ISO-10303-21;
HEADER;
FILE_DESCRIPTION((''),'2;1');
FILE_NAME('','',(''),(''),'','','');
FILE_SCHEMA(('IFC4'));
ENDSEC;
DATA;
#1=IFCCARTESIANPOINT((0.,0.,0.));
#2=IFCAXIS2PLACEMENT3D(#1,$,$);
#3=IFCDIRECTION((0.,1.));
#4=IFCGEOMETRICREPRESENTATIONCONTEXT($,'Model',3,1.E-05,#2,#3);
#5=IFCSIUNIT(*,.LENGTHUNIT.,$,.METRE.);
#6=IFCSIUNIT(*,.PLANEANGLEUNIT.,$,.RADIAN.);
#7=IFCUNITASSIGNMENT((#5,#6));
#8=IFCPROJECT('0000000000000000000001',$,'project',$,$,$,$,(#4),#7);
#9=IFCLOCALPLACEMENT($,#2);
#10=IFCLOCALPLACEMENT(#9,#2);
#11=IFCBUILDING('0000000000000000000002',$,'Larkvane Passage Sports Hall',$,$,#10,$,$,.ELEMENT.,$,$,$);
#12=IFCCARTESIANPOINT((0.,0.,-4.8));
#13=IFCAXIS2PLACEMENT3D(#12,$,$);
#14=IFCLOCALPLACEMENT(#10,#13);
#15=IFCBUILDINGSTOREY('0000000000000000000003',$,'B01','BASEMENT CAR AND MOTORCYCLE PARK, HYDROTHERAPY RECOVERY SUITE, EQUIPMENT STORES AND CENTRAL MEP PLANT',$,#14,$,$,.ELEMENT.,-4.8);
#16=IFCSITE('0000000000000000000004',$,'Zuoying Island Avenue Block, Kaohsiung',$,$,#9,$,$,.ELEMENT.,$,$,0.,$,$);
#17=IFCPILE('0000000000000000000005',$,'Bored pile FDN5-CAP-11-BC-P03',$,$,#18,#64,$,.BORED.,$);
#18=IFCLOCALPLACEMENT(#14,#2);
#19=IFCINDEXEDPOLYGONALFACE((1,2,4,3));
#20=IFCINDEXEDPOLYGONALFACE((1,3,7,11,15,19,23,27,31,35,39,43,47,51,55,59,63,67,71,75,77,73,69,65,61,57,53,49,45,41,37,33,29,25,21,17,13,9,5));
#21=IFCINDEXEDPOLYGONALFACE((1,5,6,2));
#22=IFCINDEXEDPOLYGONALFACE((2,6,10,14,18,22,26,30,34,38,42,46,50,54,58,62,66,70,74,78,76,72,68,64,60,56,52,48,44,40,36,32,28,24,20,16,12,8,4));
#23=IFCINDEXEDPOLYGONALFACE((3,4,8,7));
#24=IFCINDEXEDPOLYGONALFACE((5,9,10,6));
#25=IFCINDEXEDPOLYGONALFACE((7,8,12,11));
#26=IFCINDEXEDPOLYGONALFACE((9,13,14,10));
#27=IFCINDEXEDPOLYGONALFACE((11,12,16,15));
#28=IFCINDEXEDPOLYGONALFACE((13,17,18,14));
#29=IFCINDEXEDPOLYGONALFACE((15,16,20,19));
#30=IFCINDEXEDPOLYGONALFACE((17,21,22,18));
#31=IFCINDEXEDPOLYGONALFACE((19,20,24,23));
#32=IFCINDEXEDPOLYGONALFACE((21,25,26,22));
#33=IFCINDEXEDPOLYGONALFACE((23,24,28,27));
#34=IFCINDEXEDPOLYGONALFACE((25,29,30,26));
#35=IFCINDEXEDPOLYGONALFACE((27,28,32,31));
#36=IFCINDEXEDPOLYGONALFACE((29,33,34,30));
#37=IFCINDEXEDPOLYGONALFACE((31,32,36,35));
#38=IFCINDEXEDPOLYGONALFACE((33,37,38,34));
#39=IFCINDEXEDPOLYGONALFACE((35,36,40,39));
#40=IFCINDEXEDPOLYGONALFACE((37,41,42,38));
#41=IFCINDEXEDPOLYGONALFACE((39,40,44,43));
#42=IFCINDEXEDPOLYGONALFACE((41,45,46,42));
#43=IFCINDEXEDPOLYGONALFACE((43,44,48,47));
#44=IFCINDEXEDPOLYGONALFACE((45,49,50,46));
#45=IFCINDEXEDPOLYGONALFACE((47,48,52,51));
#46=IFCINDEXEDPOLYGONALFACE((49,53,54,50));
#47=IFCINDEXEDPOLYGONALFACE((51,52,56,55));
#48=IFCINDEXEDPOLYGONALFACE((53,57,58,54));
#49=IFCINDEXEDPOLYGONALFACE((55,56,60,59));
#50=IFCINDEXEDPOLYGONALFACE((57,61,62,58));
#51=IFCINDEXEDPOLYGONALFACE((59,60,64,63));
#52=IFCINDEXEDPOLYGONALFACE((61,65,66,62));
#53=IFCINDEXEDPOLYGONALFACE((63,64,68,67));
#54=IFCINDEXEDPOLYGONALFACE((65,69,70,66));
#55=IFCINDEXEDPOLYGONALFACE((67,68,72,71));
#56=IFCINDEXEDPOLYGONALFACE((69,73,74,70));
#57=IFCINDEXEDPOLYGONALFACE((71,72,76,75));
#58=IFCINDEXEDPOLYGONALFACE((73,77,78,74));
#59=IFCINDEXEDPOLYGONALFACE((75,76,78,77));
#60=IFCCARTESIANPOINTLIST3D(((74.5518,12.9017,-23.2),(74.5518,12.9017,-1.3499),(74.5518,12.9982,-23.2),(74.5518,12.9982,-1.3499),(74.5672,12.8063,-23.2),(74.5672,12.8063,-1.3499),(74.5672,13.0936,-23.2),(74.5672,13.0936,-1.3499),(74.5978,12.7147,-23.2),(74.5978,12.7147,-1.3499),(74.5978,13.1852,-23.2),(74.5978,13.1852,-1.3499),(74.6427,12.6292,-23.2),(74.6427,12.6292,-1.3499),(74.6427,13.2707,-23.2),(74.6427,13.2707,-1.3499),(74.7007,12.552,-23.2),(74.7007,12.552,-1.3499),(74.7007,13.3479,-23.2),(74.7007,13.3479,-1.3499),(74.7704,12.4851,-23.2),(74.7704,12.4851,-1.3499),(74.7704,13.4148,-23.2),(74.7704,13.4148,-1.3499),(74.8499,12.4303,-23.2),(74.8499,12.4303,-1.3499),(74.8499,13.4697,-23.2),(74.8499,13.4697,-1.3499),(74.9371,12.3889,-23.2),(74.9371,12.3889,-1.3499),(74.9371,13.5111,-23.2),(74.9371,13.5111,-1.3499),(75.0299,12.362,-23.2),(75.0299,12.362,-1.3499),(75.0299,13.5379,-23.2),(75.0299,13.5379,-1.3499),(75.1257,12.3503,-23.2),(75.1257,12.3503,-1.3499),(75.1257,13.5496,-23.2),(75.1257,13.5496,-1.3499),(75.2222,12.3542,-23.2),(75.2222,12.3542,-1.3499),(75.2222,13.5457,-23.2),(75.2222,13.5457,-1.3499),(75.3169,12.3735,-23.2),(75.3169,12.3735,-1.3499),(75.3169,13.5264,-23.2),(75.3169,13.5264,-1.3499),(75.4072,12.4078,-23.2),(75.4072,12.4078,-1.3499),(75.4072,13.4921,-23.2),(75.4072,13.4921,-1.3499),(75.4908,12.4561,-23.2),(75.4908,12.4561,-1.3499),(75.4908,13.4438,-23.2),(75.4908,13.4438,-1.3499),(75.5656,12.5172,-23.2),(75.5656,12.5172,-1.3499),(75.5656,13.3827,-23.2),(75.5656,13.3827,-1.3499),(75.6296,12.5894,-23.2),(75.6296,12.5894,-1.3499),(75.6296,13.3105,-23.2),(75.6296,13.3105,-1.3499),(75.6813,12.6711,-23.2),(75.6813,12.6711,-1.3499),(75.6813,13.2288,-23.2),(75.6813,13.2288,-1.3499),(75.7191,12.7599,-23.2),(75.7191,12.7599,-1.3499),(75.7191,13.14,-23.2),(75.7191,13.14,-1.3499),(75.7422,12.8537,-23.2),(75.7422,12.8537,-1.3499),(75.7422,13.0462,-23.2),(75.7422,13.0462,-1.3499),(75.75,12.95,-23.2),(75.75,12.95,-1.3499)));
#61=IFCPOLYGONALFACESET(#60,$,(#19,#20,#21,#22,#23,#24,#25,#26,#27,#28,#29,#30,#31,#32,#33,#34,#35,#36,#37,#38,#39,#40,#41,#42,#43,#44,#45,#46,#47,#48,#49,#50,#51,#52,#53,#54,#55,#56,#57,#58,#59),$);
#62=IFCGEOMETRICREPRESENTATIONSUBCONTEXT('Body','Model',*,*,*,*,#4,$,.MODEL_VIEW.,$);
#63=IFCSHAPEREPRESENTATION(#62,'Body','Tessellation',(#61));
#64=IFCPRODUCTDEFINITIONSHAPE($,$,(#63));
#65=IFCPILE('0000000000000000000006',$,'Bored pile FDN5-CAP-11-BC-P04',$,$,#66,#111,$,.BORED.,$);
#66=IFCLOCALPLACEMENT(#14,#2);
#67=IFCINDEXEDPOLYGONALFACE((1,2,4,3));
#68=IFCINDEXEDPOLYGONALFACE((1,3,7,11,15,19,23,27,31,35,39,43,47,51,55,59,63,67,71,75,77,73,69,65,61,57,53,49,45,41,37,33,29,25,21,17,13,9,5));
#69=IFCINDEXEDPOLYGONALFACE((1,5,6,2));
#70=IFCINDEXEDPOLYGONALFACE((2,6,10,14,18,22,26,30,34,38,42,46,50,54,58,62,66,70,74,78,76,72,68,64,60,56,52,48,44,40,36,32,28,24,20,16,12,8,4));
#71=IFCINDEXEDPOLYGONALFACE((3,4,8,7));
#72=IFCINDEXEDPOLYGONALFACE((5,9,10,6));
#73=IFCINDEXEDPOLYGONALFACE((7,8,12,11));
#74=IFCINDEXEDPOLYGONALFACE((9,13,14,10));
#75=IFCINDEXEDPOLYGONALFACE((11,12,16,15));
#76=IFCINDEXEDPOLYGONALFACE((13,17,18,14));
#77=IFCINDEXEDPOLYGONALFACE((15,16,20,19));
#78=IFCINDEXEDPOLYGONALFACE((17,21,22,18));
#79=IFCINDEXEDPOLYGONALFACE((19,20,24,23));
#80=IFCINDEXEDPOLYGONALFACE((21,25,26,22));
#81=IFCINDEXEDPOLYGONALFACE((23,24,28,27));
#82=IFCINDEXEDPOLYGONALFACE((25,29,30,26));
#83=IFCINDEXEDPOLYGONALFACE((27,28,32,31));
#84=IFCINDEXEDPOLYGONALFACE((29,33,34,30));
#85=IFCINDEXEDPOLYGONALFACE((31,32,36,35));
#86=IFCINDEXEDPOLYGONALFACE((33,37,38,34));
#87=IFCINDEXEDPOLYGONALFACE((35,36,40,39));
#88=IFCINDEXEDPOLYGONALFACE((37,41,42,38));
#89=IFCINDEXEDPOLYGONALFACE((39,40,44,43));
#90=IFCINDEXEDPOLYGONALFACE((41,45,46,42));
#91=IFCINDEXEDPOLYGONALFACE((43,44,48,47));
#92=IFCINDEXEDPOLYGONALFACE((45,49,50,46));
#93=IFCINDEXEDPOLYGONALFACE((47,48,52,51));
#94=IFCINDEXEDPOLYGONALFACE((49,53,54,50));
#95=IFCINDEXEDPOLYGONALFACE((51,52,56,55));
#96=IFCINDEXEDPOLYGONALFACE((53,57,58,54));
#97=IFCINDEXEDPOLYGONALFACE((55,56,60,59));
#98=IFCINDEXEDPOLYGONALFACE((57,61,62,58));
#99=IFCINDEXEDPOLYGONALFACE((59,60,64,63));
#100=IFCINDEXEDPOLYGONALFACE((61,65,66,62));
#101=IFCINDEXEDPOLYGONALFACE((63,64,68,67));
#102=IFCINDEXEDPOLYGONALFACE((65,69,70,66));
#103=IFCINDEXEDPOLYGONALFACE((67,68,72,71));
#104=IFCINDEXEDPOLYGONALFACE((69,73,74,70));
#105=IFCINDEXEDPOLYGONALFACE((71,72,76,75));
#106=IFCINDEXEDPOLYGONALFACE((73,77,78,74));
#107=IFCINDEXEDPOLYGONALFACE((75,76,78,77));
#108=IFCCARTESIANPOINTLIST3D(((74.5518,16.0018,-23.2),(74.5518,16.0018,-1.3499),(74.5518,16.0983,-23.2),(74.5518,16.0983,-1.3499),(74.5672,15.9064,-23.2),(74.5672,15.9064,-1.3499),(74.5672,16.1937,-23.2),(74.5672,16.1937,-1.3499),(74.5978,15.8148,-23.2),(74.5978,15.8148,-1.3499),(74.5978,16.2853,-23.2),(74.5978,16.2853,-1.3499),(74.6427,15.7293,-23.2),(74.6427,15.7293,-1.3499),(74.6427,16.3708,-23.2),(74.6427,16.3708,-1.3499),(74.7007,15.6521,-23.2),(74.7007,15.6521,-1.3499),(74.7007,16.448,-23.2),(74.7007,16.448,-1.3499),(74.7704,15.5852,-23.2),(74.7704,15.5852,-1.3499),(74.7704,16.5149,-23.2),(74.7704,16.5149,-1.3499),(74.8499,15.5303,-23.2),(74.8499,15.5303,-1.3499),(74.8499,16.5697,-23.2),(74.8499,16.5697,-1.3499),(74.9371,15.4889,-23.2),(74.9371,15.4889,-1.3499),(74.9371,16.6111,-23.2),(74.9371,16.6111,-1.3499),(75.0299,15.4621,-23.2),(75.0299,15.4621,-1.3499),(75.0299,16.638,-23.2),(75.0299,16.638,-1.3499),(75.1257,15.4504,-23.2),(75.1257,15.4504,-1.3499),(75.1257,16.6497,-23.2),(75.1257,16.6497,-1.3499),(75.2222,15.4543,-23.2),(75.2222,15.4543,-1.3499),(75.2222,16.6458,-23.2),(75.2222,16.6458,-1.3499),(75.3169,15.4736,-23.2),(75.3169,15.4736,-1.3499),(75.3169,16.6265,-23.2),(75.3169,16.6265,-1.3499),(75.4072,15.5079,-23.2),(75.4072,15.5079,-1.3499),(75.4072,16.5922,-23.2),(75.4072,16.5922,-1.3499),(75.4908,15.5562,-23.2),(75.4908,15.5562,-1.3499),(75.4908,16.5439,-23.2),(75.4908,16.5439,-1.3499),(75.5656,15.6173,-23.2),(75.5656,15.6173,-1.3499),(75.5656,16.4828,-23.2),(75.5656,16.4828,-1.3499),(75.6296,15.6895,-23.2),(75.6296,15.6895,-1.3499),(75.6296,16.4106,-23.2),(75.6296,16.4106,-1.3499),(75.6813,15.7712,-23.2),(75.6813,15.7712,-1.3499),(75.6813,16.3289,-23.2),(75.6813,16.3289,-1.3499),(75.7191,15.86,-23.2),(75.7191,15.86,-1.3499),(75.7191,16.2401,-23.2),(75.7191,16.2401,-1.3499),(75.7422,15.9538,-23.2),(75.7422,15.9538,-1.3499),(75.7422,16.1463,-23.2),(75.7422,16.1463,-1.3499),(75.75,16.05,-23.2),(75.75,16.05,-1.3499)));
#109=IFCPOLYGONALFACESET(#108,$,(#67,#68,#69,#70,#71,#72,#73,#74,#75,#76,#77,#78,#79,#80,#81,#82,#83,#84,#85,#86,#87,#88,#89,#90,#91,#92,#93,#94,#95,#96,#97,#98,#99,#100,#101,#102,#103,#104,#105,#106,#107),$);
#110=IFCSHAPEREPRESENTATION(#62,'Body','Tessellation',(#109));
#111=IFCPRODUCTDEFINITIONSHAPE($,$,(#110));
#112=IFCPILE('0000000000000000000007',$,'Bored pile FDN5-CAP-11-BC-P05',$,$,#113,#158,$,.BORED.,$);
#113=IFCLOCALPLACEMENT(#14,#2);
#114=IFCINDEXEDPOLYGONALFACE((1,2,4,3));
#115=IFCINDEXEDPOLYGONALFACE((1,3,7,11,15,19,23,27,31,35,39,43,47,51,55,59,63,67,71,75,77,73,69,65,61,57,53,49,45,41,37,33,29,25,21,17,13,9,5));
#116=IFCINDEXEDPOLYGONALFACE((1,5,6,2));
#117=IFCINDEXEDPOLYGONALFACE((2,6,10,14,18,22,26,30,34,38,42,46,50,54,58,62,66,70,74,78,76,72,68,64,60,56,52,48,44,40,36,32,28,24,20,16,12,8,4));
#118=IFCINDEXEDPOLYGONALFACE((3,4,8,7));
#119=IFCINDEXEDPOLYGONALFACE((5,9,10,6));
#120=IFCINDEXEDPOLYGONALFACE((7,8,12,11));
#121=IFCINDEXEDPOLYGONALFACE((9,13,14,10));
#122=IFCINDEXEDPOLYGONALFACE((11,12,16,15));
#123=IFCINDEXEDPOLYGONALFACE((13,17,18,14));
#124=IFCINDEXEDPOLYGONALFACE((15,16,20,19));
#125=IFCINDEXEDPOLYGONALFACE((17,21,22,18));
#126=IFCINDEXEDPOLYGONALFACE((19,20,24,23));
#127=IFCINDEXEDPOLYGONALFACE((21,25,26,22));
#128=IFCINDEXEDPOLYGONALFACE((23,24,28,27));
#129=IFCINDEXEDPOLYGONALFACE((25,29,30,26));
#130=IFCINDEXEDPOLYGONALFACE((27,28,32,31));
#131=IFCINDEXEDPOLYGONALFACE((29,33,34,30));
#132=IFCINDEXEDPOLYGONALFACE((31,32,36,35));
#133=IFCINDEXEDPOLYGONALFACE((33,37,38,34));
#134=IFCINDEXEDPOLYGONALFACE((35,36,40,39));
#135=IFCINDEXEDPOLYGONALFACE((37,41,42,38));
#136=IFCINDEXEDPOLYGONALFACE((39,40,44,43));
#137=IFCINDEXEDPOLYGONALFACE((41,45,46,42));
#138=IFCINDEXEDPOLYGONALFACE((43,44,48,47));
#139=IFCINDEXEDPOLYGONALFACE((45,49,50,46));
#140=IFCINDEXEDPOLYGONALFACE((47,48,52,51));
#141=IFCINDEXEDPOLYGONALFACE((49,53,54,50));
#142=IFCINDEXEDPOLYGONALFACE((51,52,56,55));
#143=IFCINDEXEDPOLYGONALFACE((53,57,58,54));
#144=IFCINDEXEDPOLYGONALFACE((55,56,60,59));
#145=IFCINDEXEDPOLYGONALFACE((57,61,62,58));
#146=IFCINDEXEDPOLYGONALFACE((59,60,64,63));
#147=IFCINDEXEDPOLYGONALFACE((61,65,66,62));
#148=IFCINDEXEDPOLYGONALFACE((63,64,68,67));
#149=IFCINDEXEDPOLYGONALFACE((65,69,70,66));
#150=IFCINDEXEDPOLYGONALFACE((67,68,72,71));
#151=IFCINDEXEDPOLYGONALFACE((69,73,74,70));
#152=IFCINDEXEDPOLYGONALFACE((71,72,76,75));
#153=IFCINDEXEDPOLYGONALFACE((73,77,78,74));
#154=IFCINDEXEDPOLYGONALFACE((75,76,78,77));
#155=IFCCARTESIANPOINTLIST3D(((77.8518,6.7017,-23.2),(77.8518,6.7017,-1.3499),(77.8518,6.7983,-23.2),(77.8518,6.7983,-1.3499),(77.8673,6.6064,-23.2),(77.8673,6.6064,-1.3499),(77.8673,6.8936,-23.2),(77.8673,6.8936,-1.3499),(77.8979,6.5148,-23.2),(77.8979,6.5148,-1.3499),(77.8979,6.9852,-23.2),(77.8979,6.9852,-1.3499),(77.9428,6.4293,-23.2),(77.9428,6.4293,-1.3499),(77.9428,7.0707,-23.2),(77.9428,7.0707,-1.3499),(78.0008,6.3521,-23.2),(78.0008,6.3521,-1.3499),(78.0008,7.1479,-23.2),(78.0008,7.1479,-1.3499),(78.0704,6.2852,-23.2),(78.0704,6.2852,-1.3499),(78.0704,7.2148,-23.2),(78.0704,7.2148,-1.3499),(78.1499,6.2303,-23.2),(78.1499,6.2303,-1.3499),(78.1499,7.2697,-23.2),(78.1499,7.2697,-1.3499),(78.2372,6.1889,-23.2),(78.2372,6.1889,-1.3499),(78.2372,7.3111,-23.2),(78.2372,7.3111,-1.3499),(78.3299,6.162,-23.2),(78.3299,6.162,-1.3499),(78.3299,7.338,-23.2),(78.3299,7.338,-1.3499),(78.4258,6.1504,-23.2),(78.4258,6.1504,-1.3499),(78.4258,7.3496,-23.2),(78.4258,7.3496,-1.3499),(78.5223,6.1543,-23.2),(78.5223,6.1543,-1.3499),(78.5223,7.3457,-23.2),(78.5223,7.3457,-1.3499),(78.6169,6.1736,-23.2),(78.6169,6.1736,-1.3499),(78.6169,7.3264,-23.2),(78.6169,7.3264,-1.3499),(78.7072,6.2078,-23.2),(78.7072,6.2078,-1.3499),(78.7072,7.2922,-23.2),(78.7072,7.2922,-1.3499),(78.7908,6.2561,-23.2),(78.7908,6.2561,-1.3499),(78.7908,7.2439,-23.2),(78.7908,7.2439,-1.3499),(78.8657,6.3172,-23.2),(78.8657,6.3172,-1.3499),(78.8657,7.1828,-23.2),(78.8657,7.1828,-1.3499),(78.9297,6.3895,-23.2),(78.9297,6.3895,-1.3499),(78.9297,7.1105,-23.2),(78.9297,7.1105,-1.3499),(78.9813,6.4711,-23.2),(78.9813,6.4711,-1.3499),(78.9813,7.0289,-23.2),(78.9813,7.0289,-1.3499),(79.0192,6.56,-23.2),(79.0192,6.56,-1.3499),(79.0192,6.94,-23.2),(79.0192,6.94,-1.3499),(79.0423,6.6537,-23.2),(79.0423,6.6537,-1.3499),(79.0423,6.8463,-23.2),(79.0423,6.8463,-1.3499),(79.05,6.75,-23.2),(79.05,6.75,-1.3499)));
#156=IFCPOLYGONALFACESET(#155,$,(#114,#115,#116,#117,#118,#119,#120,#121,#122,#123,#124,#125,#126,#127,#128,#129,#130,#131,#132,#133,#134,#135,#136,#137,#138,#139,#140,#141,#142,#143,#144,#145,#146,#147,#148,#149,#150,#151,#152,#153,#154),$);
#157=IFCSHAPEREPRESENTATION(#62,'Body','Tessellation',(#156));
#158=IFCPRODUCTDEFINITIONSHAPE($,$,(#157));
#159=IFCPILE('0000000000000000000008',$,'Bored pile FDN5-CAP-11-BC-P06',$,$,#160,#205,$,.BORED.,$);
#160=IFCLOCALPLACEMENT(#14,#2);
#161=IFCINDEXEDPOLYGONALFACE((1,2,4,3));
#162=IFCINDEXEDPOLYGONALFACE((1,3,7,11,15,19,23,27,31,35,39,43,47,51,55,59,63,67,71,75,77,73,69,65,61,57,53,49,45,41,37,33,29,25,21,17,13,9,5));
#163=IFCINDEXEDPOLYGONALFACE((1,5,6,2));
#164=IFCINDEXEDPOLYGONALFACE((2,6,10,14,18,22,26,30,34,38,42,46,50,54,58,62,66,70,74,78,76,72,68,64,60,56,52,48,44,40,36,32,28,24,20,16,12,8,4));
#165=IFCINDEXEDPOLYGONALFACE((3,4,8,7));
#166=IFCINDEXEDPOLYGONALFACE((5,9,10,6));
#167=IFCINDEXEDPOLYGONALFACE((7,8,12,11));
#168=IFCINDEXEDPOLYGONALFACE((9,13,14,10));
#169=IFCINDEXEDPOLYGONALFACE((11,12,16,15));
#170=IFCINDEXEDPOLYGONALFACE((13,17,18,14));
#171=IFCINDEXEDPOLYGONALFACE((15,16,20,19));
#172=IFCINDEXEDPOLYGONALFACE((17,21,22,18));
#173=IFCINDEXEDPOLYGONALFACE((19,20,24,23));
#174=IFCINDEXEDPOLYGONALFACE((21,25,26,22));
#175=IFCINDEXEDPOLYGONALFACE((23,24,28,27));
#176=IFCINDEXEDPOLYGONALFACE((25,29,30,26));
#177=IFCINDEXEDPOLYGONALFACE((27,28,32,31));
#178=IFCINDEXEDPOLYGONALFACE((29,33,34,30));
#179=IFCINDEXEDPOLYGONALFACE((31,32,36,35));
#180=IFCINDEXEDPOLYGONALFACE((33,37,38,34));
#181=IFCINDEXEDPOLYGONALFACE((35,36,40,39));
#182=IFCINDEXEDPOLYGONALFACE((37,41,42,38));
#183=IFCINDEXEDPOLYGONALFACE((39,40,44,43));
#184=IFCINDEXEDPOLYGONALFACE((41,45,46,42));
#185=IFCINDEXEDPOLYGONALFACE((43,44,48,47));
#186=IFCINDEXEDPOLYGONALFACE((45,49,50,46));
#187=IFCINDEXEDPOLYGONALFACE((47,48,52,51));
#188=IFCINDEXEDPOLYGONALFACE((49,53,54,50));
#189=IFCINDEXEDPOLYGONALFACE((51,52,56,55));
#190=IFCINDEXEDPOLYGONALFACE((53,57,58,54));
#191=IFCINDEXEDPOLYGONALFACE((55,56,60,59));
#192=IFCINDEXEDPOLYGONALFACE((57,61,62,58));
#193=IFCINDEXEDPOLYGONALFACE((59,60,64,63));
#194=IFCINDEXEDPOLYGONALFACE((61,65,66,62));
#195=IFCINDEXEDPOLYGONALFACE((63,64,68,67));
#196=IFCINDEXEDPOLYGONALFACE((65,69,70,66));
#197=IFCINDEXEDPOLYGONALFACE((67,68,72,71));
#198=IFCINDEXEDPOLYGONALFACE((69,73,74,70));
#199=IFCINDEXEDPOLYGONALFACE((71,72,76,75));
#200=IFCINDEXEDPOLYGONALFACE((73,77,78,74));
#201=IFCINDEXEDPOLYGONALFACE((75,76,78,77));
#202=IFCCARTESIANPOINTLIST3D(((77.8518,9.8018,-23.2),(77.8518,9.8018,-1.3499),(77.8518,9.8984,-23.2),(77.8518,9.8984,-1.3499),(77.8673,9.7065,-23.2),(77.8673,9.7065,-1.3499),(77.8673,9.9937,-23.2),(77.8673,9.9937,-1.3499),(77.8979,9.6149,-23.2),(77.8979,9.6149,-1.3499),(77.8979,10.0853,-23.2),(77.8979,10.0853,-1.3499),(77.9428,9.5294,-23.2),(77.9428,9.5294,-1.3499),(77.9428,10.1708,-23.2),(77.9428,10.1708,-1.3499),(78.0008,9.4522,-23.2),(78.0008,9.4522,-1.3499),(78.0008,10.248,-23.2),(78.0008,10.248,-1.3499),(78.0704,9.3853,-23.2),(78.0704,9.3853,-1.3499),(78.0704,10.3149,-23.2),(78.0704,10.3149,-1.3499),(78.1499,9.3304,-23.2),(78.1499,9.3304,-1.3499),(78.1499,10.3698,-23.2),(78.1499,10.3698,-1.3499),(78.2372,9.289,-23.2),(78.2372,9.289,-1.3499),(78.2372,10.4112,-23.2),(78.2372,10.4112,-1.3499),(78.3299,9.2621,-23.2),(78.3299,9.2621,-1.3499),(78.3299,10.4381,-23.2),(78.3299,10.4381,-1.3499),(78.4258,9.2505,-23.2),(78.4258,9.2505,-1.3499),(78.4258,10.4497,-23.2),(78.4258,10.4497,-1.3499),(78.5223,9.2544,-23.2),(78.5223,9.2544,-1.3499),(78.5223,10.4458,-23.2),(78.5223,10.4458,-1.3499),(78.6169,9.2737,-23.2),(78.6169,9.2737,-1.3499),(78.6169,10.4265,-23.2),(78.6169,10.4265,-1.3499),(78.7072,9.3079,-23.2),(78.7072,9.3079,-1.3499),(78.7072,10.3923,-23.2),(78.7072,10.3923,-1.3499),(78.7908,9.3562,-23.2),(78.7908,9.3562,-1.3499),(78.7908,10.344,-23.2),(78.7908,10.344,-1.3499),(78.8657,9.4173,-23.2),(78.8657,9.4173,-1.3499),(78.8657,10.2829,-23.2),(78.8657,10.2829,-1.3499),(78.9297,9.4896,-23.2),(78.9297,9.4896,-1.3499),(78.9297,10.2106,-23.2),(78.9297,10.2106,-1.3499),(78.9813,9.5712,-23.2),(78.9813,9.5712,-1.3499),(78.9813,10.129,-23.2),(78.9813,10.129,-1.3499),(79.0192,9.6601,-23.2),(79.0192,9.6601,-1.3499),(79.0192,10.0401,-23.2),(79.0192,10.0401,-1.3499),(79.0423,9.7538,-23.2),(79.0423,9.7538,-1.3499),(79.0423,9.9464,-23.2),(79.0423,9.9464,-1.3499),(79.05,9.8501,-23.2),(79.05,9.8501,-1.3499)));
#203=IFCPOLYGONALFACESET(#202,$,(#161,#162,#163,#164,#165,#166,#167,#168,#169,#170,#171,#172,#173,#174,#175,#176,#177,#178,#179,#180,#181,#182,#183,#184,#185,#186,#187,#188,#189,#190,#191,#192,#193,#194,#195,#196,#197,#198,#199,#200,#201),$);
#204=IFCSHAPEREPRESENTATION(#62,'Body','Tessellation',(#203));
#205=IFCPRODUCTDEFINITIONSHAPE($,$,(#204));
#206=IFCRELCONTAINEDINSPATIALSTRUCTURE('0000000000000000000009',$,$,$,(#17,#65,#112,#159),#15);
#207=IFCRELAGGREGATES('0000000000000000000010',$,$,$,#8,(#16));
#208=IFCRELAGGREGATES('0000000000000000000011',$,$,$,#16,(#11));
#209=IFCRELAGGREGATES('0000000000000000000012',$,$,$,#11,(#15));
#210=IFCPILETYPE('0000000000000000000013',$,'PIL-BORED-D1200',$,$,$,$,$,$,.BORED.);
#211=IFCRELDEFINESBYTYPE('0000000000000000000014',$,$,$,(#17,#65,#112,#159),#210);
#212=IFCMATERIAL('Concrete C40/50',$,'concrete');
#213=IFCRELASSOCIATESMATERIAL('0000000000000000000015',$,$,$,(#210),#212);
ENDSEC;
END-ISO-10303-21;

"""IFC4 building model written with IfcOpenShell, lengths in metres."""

from ifc_helpers import new_model, si_unit, direction, frame, origin, origin_2d, place, context, subcontext, project, spatial, circle, extrude, material, material_profile, profile_set, type_object, element, save


model = new_model("IFC4")

# Units and contexts
model_context = context("Model", 3, precision=1e-05, world=origin(), true_north=direction((0.0, 1.0)))
body_context = subcontext(model_context, "Body", "Model", "MODEL_VIEW")
ifc_project = project(units=[si_unit("LENGTHUNIT", "METRE"), si_unit("PLANEANGLEUNIT", "RADIAN")], contexts=[model_context])

# Site, building, storey
site_placement = place(None, origin())
site = spatial("IfcSite", under=ifc_project, at=site_placement, Name="Zuoying Island Avenue Block, Kaohsiung", CompositionType="ELEMENT", RefElevation=0.0)
building_placement = place(site_placement, origin())
building = spatial("IfcBuilding", under=site, at=building_placement, Name="Larkvane Passage Sports Hall", CompositionType="ELEMENT")
storey_placement = place(building_placement, frame((0.0, 0.0, -4.8)))
storey = spatial("IfcBuildingStorey", under=building, at=storey_placement, Name="B01", Description="BASEMENT CAR AND MOTORCYCLE PARK, HYDROTHERAPY RECOVERY SUITE, EQUIPMENT STORES AND CENTRAL MEP PLANT", CompositionType="ELEMENT", Elevation=-4.8)

# Shared definitions
ifc_material_1 = material(Name="Concrete C40/50", Category="concrete")

# Piles
ifc_material_profile_1 = material_profile(ifc_material_1, circle(Radius=0.6001, at=origin_2d()), Name="PILE-D1200")
ifc_profile_set_1 = profile_set([ifc_material_profile_1], Name="Concrete C40/50")
pile_type = type_object("IfcPileType", Name="PIL-BORED-D1200", PredefinedType="BORED", material=ifc_profile_set_1)
for number, where, z_axis, x_axis, name in (
    (1, (75.1499, 12.95, -1.3499), (0.0, 0.0, -1.0), (1.0, 0.0, 0.0), "Bored pile FDN5-CAP-11-BC-P03"),
    (2, (75.1499, 16.05, -1.3499), (0.0, 0.0, -1.0), (1.0, 0.0, 0.0), "Bored pile FDN5-CAP-11-BC-P04"),
    (3, (78.45, 6.75, -1.3499), (0.0, 0.0, -1.0), (1.0, 0.0, 0.0), "Bored pile FDN5-CAP-11-BC-P05"),
    (4, (78.45, 9.8501, -1.3499), (0.0, 0.0, -1.0), (1.0, 0.0, 0.0), "Bored pile FDN5-CAP-11-BC-P06"),
):
    element("IfcPile", number, at=place(storey_placement, frame(where, z_axis=z_axis, x_axis=x_axis)), inside=storey, type_object=pile_type, Name=name, PredefinedType="BORED", context=body_context, shape_type="SweptSolid", body=[
        extrude(circle(Radius=0.6001, at=origin_2d()), origin(), (0.0, 0.0, 1.0), 21.8501),
    ])

save(model, "model.ifc")
